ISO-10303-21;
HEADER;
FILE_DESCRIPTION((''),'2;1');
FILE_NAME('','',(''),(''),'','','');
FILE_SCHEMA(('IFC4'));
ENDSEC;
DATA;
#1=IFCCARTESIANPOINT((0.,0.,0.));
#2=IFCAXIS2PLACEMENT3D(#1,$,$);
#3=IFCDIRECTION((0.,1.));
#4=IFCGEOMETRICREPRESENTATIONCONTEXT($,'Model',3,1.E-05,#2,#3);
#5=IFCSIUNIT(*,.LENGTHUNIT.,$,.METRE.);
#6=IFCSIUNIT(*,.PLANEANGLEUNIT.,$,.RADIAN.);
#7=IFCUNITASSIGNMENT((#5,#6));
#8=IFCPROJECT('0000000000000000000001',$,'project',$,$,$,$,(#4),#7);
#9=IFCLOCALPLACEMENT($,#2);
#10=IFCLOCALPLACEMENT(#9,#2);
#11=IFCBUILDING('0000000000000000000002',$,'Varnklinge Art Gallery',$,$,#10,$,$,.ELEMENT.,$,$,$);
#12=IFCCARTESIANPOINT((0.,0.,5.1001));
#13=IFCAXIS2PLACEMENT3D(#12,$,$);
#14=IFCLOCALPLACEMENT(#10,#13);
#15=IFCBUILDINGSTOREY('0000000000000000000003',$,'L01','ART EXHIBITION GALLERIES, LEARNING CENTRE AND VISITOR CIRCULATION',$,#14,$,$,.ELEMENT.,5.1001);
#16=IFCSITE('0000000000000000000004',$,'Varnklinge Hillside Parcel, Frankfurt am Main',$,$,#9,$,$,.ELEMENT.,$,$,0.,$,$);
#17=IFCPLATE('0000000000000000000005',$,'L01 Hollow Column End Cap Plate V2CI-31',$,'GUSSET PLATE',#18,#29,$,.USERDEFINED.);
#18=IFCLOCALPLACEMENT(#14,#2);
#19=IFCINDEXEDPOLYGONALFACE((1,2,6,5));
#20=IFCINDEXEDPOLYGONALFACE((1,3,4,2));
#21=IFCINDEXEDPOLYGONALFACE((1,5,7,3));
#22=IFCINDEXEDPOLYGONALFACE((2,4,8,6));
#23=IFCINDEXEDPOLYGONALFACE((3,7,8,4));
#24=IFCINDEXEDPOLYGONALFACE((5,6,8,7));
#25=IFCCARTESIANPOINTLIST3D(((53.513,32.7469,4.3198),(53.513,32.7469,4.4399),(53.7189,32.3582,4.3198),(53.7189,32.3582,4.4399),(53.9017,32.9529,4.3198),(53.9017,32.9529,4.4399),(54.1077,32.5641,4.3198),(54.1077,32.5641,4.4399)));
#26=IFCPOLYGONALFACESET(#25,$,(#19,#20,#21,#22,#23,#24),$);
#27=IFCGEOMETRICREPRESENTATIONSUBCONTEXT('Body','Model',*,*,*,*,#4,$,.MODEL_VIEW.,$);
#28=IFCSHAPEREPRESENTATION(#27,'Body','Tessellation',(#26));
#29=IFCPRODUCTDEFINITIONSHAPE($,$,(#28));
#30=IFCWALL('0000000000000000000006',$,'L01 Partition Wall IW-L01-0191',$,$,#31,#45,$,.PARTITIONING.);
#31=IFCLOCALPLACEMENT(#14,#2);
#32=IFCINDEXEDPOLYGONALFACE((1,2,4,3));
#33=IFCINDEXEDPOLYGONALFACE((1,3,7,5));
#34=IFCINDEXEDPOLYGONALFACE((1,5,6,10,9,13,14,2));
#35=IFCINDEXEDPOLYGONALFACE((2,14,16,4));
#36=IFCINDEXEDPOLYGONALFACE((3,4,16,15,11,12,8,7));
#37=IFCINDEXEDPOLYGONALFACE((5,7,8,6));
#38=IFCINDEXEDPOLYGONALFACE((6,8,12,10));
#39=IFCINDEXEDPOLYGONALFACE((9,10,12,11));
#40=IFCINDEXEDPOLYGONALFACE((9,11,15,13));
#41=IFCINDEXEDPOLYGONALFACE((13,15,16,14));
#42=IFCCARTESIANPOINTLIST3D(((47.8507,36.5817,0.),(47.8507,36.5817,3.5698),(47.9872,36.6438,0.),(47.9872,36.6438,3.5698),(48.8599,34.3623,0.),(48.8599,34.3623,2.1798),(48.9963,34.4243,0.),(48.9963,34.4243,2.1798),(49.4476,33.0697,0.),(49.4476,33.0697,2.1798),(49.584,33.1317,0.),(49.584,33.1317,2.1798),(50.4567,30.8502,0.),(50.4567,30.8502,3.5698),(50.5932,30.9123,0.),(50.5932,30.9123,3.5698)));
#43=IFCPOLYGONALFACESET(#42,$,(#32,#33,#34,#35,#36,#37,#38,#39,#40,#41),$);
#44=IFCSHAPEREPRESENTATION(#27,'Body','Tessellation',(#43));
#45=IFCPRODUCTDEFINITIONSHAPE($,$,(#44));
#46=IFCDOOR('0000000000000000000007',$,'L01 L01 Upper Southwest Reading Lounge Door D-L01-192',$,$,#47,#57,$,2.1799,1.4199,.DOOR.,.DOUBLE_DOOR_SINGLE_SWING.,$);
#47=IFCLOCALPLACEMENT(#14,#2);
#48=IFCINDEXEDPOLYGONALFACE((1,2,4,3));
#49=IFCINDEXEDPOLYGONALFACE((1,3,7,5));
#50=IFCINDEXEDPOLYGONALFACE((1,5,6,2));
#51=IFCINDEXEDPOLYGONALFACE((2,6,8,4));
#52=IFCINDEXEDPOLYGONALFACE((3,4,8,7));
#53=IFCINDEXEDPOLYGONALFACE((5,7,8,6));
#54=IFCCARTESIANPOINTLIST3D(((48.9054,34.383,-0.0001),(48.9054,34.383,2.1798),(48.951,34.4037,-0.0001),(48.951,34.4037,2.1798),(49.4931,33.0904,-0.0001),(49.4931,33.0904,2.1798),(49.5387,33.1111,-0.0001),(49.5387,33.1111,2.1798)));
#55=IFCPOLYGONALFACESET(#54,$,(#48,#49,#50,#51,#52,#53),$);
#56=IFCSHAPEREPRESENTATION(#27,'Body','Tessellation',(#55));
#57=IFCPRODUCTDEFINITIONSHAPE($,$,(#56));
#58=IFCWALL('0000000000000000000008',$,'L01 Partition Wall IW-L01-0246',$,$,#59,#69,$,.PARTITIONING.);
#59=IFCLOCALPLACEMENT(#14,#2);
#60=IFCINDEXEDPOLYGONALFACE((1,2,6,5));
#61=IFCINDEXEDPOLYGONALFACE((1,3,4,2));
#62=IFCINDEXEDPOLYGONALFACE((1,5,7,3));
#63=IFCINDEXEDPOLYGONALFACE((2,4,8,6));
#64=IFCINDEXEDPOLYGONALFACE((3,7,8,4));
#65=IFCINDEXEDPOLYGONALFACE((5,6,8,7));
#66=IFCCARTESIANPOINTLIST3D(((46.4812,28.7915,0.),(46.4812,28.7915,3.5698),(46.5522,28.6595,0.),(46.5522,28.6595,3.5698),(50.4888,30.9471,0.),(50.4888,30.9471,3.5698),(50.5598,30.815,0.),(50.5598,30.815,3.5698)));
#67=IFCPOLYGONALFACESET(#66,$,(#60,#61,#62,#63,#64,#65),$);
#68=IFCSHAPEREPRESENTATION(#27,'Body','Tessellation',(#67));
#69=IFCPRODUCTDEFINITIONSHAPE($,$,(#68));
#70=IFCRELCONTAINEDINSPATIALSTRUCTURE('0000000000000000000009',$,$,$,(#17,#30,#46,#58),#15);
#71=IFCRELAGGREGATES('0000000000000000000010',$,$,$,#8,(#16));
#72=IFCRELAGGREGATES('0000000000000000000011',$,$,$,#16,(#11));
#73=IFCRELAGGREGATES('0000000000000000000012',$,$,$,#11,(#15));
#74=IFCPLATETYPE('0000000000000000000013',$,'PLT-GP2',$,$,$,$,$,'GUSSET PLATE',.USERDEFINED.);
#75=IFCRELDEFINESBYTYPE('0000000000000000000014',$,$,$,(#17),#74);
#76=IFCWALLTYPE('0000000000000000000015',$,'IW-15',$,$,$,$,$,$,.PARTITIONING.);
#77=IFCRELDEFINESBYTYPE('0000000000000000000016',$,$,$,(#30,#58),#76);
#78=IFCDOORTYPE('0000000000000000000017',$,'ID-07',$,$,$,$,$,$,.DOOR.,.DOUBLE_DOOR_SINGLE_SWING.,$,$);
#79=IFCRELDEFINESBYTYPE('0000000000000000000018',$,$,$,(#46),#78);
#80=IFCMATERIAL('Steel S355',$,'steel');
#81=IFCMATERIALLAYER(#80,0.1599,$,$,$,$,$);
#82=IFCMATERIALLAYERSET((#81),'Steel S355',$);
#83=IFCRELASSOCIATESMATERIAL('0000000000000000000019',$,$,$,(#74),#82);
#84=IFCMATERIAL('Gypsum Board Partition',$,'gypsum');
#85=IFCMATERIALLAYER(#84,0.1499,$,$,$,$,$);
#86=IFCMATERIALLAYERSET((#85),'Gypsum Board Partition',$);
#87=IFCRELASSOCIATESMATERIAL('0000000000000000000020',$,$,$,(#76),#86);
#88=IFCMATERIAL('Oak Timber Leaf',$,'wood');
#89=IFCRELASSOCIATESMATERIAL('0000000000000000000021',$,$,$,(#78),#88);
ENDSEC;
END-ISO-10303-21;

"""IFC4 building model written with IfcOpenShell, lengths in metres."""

from ifc_helpers import new_model, si_unit, direction, frame, frame_2d, origin, origin_2d, place, context, subcontext, project, spatial, rectangle, extrude, material, layer, layer_set, type_object, element, fill, save


model = new_model("IFC4")

# Units and contexts
model_context = context("Model", 3, precision=1e-05, world=origin(), true_north=direction((0.0, 1.0)))
body_context = subcontext(model_context, "Body", "Model", "MODEL_VIEW")
ifc_project = project(units=[si_unit("LENGTHUNIT", "METRE"), si_unit("PLANEANGLEUNIT", "RADIAN")], contexts=[model_context])

# Site, building, storey
site_placement = place(None, origin())
site = spatial("IfcSite", under=ifc_project, at=site_placement, Name="Varnklinge Hillside Parcel, Frankfurt am Main", CompositionType="ELEMENT", RefElevation=0.0)
building_placement = place(site_placement, origin())
building = spatial("IfcBuilding", under=site, at=building_placement, Name="Varnklinge Art Gallery", CompositionType="ELEMENT")
storey_placement = place(building_placement, frame((0.0, 0.0, 5.1001)))
storey = spatial("IfcBuildingStorey", under=building, at=storey_placement, Name="L01", Description="ART EXHIBITION GALLERIES, LEARNING CENTRE AND VISITOR CIRCULATION", CompositionType="ELEMENT", Elevation=5.1001)

# Plate
ifc_material_1 = material(Name="Steel S355", Category="steel")
ifc_layer_1 = layer(ifc_material_1, 0.1599)
ifc_layer_set_1 = layer_set([ifc_layer_1], Name="Steel S355")
plate_type_1 = type_object("IfcPlateType", Name="PLT-GP2", ElementType="GUSSET PLATE", PredefinedType="USERDEFINED", material=ifc_layer_set_1)
plate_1_placement = place(storey_placement, frame((53.8103, 32.6555, 4.3198), z_axis=(0.0, 0.0, 1.0), x_axis=(0.883684, 0.468084, 0.0)))
element("IfcPlate", 1, at=plate_1_placement, inside=storey, type_object=plate_type_1, Name="L01 Hollow Column End Cap Plate V2CI-31", ObjectType="GUSSET PLATE", PredefinedType="USERDEFINED", context=body_context, shape_type="SweptSolid", body=[
    extrude(rectangle(XDim=0.4399, YDim=0.4399, at=origin_2d()), origin(), (0.0, 0.0, 1.0), 0.1201),
])

# Wall, opening, door
ifc_material_2 = material(Name="Gypsum Board Partition", Category="gypsum")
ifc_layer_2 = layer(ifc_material_2, 0.1499)
ifc_layer_set_2 = layer_set([ifc_layer_2], Name="Gypsum Board Partition")
wall_type = type_object("IfcWallType", Name="IW-15", PredefinedType="PARTITIONING", material=ifc_layer_set_2)
wall_1_placement = place(storey_placement, frame((50.5249, 30.8813, 0.0), z_axis=(0.0, 0.0, 1.0), x_axis=(-0.413902, 0.910321, 0.0)))
wall_1 = element("IfcWall", 2, at=wall_1_placement, inside=storey, type_object=wall_type, Name="L01 Partition Wall IW-L01-0191", PredefinedType="PARTITIONING", context=body_context, shape_type="SweptSolid", body=[
    extrude(rectangle(XDim=6.2961, YDim=0.1499, at=frame_2d((3.1479, 0.0))), origin(), (0.0, 0.0, 1.0), 3.5698),
])
opening_placement = place(wall_1_placement, frame((2.438, 0.0, 0.0)))
opening = element("IfcOpeningElement", 3, at=opening_placement, cuts=wall_1, PredefinedType="OPENING", context=body_context, shape_type="SweptSolid", body=[
    extrude(rectangle(XDim=1.4199, YDim=2.1799, at=frame_2d((0.71, 1.0898))), frame((0.0, 0.085, 0.0), z_axis=(0.0, -1.0, 0.0), x_axis=(1.0, 0.0, 0.0)), (0.0, 0.0, 1.0), 0.1699),
])
ifc_material_3 = material(Name="Oak Timber Leaf", Category="wood")
door_type = type_object("IfcDoorType", Name="ID-07", OperationType="DOUBLE_DOOR_SINGLE_SWING", PredefinedType="DOOR", material=ifc_material_3)
door_placement = place(opening_placement, origin())
door = element("IfcDoor", 4, at=door_placement, inside=storey, type_object=door_type, Name="L01 L01 Upper Southwest Reading Lounge Door D-L01-192", OperationType="DOUBLE_DOOR_SINGLE_SWING", OverallHeight=2.1799, OverallWidth=1.4199, PredefinedType="DOOR", context=body_context, shape_type="SweptSolid", body=[
    extrude(rectangle(XDim=1.4199, YDim=2.1799, at=frame_2d((0.71, 1.0898))), frame((0.0, 0.0249, 0.0), z_axis=(0.0, -1.0, 0.0), x_axis=(1.0, 0.0, 0.0)), (0.0, 0.0, 1.0), 0.05),
])
fill(opening, door)

# Wall
wall_2_placement = place(storey_placement, frame((50.5244, 30.8811, 0.0), z_axis=(0.0, 0.0, 1.0), x_axis=(-0.880692, -0.47369, 0.0)))
element("IfcWall", 5, at=wall_2_placement, inside=storey, type_object=wall_type, Name="L01 Partition Wall IW-L01-0246", PredefinedType="PARTITIONING", context=body_context, shape_type="SweptSolid", body=[
    extrude(rectangle(XDim=4.5505, YDim=0.1499, at=frame_2d((2.2754, 0.0))), origin(), (0.0, 0.0, 1.0), 3.5698),
])

save(model, "model.ifc")
